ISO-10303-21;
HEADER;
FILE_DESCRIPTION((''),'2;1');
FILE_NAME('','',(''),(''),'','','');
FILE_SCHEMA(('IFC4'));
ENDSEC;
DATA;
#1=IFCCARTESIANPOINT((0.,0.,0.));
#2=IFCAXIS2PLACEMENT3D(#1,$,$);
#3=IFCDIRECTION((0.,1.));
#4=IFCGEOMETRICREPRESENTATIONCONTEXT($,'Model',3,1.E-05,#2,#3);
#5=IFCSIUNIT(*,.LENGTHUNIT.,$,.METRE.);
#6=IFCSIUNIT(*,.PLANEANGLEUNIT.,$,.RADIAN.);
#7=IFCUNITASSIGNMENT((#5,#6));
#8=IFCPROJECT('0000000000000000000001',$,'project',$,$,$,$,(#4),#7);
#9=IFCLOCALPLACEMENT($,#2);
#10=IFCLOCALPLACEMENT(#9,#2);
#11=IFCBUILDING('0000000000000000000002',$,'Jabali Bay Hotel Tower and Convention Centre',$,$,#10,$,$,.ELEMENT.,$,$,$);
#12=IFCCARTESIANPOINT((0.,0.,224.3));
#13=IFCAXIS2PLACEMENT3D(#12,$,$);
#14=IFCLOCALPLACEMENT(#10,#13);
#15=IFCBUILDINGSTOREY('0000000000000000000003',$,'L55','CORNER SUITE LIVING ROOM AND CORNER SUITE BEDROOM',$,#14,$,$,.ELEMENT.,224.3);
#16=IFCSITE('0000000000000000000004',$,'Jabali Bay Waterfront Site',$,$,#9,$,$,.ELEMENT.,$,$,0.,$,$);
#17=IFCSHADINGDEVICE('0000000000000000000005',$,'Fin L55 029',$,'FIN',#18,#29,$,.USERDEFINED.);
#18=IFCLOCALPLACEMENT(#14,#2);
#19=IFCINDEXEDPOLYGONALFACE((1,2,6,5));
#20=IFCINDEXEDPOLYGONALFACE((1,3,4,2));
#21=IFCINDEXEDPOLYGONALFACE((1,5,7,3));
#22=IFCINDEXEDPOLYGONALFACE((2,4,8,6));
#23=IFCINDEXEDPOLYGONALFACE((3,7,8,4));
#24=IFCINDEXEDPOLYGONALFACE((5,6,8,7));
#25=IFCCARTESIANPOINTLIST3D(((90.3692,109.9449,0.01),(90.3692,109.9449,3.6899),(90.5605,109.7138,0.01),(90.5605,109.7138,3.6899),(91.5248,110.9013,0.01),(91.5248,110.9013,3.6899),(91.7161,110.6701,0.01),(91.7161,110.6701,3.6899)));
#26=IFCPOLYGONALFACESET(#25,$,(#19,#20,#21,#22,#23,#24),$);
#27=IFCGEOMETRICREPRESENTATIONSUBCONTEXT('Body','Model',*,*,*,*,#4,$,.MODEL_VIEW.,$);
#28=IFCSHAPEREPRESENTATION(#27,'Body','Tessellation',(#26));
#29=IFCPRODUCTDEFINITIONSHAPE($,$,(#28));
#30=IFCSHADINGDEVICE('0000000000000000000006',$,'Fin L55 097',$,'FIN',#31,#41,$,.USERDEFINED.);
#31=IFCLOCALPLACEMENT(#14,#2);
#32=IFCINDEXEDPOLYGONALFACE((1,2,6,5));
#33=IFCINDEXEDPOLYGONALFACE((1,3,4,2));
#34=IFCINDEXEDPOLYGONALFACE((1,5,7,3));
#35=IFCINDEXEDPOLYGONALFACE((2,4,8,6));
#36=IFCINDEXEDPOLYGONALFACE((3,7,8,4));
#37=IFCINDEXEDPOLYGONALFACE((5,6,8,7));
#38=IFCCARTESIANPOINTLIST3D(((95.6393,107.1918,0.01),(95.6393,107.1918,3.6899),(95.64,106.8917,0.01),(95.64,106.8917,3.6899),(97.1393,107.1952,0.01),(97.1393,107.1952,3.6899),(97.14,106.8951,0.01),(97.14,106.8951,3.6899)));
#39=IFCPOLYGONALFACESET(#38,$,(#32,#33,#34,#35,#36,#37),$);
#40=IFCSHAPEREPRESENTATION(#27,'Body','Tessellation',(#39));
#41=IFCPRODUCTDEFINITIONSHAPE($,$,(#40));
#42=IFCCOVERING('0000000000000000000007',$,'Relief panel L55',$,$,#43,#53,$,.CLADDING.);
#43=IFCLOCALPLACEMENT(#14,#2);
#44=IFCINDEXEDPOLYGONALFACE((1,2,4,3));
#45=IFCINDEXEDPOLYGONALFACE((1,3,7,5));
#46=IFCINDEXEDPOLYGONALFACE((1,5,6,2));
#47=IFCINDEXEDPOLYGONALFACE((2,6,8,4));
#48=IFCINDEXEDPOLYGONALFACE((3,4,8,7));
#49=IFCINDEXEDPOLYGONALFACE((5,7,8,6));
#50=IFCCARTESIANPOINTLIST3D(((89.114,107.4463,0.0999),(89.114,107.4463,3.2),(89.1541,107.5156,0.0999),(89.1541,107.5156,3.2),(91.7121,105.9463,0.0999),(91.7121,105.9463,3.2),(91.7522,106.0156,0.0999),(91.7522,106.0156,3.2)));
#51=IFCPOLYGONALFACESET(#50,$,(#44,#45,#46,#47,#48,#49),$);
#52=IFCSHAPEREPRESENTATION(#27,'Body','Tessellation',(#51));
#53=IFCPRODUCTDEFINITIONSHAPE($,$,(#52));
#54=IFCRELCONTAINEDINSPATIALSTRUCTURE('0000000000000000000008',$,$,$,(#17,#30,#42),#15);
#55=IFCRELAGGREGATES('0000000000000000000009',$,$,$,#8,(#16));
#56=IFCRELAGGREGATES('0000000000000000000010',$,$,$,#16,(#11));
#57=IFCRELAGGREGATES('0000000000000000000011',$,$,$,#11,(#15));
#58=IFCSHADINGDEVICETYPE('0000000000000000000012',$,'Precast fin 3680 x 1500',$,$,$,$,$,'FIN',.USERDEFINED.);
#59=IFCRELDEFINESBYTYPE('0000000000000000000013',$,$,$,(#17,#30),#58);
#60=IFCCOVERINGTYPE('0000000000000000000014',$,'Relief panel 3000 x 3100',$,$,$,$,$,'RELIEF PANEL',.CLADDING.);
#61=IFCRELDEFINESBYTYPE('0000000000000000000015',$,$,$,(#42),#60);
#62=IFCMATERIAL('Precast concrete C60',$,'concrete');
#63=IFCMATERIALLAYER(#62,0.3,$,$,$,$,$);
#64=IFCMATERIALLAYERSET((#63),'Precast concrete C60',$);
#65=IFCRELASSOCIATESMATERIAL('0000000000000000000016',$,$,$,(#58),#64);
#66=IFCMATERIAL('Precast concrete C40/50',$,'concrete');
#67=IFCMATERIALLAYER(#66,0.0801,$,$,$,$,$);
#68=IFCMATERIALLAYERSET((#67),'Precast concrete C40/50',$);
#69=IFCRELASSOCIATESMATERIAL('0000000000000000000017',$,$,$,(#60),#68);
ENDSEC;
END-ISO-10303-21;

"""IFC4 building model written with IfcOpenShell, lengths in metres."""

from ifc_helpers import new_model, si_unit, direction, frame, frame_2d, origin, origin_2d, place, context, subcontext, project, spatial, rectangle, extrude, material, layer, layer_set, type_object, element, save


model = new_model("IFC4")

# Units and contexts
model_context = context("Model", 3, precision=1e-05, world=origin(), true_north=direction((0.0, 1.0)))
body_context = subcontext(model_context, "Body", "Model", "MODEL_VIEW")
ifc_project = project(units=[si_unit("LENGTHUNIT", "METRE"), si_unit("PLANEANGLEUNIT", "RADIAN")], contexts=[model_context])

# Site, building, storey
site_placement = place(None, origin())
site = spatial("IfcSite", under=ifc_project, at=site_placement, Name="Jabali Bay Waterfront Site", CompositionType="ELEMENT", RefElevation=0.0)
building_placement = place(site_placement, origin())
building = spatial("IfcBuilding", under=site, at=building_placement, Name="Jabali Bay Hotel Tower and Convention Centre", CompositionType="ELEMENT")
storey_placement = place(building_placement, frame((0.0, 0.0, 224.3)))
storey = spatial("IfcBuildingStorey", under=building, at=storey_placement, Name="L55", Description="CORNER SUITE LIVING ROOM AND CORNER SUITE BEDROOM", CompositionType="ELEMENT", Elevation=224.3)

# Shading devices
ifc_material_1 = material(Name="Precast concrete C60", Category="concrete")
ifc_layer_1 = layer(ifc_material_1, 0.3)
ifc_layer_set_1 = layer_set([ifc_layer_1], Name="Precast concrete C60")
shading_device_type = type_object("IfcShadingDeviceType", Name="Precast fin 3680 x 1500", ElementType="FIN", PredefinedType="USERDEFINED", material=ifc_layer_set_1)
for number, where, z_axis, x_axis, name in (
    (1, (90.4648, 109.8293, 0.01), (0.0, 0.0, 1.0), (0.770392, 0.637571, 0.0), "Fin L55 029"),
    (2, (95.6396, 107.0417, 0.01), (0.0, 0.0, 1.0), (0.999997, 0.002279, 0.0), "Fin L55 097"),
):
    element("IfcShadingDevice", number, at=place(storey_placement, frame(where, z_axis=z_axis, x_axis=x_axis)), inside=storey, type_object=shading_device_type, Name=name, ObjectType="FIN", PredefinedType="USERDEFINED", context=body_context, shape_type="SweptSolid", body=[
        extrude(rectangle(XDim=1.5, YDim=0.3, at=frame_2d((0.75, 0.0))), origin(), (0.0, 0.0, 1.0), 3.6799),
    ])

# Covering
ifc_material_2 = material(Name="Precast concrete C40/50", Category="concrete")
ifc_layer_2 = layer(ifc_material_2, 0.0801)
ifc_layer_set_2 = layer_set([ifc_layer_2], Name="Precast concrete C40/50")
covering_type = type_object("IfcCoveringType", Name="Relief panel 3000 x 3100", ElementType="RELIEF PANEL", PredefinedType="CLADDING", material=ifc_layer_set_2)
covering_placement = place(storey_placement, frame((90.4331, 106.731, 0.0999), z_axis=(0.0, 0.0, 1.0), x_axis=(0.866025, -0.5, 0.0)))
element("IfcCovering", 3, at=covering_placement, inside=storey, type_object=covering_type, Name="Relief panel L55", PredefinedType="CLADDING", context=body_context, shape_type="SweptSolid", body=[
    extrude(rectangle(XDim=3.0, YDim=0.0801, at=origin_2d()), origin(), (0.0, 0.0, 1.0), 3.1001),
])

save(model, "model.ifc")
